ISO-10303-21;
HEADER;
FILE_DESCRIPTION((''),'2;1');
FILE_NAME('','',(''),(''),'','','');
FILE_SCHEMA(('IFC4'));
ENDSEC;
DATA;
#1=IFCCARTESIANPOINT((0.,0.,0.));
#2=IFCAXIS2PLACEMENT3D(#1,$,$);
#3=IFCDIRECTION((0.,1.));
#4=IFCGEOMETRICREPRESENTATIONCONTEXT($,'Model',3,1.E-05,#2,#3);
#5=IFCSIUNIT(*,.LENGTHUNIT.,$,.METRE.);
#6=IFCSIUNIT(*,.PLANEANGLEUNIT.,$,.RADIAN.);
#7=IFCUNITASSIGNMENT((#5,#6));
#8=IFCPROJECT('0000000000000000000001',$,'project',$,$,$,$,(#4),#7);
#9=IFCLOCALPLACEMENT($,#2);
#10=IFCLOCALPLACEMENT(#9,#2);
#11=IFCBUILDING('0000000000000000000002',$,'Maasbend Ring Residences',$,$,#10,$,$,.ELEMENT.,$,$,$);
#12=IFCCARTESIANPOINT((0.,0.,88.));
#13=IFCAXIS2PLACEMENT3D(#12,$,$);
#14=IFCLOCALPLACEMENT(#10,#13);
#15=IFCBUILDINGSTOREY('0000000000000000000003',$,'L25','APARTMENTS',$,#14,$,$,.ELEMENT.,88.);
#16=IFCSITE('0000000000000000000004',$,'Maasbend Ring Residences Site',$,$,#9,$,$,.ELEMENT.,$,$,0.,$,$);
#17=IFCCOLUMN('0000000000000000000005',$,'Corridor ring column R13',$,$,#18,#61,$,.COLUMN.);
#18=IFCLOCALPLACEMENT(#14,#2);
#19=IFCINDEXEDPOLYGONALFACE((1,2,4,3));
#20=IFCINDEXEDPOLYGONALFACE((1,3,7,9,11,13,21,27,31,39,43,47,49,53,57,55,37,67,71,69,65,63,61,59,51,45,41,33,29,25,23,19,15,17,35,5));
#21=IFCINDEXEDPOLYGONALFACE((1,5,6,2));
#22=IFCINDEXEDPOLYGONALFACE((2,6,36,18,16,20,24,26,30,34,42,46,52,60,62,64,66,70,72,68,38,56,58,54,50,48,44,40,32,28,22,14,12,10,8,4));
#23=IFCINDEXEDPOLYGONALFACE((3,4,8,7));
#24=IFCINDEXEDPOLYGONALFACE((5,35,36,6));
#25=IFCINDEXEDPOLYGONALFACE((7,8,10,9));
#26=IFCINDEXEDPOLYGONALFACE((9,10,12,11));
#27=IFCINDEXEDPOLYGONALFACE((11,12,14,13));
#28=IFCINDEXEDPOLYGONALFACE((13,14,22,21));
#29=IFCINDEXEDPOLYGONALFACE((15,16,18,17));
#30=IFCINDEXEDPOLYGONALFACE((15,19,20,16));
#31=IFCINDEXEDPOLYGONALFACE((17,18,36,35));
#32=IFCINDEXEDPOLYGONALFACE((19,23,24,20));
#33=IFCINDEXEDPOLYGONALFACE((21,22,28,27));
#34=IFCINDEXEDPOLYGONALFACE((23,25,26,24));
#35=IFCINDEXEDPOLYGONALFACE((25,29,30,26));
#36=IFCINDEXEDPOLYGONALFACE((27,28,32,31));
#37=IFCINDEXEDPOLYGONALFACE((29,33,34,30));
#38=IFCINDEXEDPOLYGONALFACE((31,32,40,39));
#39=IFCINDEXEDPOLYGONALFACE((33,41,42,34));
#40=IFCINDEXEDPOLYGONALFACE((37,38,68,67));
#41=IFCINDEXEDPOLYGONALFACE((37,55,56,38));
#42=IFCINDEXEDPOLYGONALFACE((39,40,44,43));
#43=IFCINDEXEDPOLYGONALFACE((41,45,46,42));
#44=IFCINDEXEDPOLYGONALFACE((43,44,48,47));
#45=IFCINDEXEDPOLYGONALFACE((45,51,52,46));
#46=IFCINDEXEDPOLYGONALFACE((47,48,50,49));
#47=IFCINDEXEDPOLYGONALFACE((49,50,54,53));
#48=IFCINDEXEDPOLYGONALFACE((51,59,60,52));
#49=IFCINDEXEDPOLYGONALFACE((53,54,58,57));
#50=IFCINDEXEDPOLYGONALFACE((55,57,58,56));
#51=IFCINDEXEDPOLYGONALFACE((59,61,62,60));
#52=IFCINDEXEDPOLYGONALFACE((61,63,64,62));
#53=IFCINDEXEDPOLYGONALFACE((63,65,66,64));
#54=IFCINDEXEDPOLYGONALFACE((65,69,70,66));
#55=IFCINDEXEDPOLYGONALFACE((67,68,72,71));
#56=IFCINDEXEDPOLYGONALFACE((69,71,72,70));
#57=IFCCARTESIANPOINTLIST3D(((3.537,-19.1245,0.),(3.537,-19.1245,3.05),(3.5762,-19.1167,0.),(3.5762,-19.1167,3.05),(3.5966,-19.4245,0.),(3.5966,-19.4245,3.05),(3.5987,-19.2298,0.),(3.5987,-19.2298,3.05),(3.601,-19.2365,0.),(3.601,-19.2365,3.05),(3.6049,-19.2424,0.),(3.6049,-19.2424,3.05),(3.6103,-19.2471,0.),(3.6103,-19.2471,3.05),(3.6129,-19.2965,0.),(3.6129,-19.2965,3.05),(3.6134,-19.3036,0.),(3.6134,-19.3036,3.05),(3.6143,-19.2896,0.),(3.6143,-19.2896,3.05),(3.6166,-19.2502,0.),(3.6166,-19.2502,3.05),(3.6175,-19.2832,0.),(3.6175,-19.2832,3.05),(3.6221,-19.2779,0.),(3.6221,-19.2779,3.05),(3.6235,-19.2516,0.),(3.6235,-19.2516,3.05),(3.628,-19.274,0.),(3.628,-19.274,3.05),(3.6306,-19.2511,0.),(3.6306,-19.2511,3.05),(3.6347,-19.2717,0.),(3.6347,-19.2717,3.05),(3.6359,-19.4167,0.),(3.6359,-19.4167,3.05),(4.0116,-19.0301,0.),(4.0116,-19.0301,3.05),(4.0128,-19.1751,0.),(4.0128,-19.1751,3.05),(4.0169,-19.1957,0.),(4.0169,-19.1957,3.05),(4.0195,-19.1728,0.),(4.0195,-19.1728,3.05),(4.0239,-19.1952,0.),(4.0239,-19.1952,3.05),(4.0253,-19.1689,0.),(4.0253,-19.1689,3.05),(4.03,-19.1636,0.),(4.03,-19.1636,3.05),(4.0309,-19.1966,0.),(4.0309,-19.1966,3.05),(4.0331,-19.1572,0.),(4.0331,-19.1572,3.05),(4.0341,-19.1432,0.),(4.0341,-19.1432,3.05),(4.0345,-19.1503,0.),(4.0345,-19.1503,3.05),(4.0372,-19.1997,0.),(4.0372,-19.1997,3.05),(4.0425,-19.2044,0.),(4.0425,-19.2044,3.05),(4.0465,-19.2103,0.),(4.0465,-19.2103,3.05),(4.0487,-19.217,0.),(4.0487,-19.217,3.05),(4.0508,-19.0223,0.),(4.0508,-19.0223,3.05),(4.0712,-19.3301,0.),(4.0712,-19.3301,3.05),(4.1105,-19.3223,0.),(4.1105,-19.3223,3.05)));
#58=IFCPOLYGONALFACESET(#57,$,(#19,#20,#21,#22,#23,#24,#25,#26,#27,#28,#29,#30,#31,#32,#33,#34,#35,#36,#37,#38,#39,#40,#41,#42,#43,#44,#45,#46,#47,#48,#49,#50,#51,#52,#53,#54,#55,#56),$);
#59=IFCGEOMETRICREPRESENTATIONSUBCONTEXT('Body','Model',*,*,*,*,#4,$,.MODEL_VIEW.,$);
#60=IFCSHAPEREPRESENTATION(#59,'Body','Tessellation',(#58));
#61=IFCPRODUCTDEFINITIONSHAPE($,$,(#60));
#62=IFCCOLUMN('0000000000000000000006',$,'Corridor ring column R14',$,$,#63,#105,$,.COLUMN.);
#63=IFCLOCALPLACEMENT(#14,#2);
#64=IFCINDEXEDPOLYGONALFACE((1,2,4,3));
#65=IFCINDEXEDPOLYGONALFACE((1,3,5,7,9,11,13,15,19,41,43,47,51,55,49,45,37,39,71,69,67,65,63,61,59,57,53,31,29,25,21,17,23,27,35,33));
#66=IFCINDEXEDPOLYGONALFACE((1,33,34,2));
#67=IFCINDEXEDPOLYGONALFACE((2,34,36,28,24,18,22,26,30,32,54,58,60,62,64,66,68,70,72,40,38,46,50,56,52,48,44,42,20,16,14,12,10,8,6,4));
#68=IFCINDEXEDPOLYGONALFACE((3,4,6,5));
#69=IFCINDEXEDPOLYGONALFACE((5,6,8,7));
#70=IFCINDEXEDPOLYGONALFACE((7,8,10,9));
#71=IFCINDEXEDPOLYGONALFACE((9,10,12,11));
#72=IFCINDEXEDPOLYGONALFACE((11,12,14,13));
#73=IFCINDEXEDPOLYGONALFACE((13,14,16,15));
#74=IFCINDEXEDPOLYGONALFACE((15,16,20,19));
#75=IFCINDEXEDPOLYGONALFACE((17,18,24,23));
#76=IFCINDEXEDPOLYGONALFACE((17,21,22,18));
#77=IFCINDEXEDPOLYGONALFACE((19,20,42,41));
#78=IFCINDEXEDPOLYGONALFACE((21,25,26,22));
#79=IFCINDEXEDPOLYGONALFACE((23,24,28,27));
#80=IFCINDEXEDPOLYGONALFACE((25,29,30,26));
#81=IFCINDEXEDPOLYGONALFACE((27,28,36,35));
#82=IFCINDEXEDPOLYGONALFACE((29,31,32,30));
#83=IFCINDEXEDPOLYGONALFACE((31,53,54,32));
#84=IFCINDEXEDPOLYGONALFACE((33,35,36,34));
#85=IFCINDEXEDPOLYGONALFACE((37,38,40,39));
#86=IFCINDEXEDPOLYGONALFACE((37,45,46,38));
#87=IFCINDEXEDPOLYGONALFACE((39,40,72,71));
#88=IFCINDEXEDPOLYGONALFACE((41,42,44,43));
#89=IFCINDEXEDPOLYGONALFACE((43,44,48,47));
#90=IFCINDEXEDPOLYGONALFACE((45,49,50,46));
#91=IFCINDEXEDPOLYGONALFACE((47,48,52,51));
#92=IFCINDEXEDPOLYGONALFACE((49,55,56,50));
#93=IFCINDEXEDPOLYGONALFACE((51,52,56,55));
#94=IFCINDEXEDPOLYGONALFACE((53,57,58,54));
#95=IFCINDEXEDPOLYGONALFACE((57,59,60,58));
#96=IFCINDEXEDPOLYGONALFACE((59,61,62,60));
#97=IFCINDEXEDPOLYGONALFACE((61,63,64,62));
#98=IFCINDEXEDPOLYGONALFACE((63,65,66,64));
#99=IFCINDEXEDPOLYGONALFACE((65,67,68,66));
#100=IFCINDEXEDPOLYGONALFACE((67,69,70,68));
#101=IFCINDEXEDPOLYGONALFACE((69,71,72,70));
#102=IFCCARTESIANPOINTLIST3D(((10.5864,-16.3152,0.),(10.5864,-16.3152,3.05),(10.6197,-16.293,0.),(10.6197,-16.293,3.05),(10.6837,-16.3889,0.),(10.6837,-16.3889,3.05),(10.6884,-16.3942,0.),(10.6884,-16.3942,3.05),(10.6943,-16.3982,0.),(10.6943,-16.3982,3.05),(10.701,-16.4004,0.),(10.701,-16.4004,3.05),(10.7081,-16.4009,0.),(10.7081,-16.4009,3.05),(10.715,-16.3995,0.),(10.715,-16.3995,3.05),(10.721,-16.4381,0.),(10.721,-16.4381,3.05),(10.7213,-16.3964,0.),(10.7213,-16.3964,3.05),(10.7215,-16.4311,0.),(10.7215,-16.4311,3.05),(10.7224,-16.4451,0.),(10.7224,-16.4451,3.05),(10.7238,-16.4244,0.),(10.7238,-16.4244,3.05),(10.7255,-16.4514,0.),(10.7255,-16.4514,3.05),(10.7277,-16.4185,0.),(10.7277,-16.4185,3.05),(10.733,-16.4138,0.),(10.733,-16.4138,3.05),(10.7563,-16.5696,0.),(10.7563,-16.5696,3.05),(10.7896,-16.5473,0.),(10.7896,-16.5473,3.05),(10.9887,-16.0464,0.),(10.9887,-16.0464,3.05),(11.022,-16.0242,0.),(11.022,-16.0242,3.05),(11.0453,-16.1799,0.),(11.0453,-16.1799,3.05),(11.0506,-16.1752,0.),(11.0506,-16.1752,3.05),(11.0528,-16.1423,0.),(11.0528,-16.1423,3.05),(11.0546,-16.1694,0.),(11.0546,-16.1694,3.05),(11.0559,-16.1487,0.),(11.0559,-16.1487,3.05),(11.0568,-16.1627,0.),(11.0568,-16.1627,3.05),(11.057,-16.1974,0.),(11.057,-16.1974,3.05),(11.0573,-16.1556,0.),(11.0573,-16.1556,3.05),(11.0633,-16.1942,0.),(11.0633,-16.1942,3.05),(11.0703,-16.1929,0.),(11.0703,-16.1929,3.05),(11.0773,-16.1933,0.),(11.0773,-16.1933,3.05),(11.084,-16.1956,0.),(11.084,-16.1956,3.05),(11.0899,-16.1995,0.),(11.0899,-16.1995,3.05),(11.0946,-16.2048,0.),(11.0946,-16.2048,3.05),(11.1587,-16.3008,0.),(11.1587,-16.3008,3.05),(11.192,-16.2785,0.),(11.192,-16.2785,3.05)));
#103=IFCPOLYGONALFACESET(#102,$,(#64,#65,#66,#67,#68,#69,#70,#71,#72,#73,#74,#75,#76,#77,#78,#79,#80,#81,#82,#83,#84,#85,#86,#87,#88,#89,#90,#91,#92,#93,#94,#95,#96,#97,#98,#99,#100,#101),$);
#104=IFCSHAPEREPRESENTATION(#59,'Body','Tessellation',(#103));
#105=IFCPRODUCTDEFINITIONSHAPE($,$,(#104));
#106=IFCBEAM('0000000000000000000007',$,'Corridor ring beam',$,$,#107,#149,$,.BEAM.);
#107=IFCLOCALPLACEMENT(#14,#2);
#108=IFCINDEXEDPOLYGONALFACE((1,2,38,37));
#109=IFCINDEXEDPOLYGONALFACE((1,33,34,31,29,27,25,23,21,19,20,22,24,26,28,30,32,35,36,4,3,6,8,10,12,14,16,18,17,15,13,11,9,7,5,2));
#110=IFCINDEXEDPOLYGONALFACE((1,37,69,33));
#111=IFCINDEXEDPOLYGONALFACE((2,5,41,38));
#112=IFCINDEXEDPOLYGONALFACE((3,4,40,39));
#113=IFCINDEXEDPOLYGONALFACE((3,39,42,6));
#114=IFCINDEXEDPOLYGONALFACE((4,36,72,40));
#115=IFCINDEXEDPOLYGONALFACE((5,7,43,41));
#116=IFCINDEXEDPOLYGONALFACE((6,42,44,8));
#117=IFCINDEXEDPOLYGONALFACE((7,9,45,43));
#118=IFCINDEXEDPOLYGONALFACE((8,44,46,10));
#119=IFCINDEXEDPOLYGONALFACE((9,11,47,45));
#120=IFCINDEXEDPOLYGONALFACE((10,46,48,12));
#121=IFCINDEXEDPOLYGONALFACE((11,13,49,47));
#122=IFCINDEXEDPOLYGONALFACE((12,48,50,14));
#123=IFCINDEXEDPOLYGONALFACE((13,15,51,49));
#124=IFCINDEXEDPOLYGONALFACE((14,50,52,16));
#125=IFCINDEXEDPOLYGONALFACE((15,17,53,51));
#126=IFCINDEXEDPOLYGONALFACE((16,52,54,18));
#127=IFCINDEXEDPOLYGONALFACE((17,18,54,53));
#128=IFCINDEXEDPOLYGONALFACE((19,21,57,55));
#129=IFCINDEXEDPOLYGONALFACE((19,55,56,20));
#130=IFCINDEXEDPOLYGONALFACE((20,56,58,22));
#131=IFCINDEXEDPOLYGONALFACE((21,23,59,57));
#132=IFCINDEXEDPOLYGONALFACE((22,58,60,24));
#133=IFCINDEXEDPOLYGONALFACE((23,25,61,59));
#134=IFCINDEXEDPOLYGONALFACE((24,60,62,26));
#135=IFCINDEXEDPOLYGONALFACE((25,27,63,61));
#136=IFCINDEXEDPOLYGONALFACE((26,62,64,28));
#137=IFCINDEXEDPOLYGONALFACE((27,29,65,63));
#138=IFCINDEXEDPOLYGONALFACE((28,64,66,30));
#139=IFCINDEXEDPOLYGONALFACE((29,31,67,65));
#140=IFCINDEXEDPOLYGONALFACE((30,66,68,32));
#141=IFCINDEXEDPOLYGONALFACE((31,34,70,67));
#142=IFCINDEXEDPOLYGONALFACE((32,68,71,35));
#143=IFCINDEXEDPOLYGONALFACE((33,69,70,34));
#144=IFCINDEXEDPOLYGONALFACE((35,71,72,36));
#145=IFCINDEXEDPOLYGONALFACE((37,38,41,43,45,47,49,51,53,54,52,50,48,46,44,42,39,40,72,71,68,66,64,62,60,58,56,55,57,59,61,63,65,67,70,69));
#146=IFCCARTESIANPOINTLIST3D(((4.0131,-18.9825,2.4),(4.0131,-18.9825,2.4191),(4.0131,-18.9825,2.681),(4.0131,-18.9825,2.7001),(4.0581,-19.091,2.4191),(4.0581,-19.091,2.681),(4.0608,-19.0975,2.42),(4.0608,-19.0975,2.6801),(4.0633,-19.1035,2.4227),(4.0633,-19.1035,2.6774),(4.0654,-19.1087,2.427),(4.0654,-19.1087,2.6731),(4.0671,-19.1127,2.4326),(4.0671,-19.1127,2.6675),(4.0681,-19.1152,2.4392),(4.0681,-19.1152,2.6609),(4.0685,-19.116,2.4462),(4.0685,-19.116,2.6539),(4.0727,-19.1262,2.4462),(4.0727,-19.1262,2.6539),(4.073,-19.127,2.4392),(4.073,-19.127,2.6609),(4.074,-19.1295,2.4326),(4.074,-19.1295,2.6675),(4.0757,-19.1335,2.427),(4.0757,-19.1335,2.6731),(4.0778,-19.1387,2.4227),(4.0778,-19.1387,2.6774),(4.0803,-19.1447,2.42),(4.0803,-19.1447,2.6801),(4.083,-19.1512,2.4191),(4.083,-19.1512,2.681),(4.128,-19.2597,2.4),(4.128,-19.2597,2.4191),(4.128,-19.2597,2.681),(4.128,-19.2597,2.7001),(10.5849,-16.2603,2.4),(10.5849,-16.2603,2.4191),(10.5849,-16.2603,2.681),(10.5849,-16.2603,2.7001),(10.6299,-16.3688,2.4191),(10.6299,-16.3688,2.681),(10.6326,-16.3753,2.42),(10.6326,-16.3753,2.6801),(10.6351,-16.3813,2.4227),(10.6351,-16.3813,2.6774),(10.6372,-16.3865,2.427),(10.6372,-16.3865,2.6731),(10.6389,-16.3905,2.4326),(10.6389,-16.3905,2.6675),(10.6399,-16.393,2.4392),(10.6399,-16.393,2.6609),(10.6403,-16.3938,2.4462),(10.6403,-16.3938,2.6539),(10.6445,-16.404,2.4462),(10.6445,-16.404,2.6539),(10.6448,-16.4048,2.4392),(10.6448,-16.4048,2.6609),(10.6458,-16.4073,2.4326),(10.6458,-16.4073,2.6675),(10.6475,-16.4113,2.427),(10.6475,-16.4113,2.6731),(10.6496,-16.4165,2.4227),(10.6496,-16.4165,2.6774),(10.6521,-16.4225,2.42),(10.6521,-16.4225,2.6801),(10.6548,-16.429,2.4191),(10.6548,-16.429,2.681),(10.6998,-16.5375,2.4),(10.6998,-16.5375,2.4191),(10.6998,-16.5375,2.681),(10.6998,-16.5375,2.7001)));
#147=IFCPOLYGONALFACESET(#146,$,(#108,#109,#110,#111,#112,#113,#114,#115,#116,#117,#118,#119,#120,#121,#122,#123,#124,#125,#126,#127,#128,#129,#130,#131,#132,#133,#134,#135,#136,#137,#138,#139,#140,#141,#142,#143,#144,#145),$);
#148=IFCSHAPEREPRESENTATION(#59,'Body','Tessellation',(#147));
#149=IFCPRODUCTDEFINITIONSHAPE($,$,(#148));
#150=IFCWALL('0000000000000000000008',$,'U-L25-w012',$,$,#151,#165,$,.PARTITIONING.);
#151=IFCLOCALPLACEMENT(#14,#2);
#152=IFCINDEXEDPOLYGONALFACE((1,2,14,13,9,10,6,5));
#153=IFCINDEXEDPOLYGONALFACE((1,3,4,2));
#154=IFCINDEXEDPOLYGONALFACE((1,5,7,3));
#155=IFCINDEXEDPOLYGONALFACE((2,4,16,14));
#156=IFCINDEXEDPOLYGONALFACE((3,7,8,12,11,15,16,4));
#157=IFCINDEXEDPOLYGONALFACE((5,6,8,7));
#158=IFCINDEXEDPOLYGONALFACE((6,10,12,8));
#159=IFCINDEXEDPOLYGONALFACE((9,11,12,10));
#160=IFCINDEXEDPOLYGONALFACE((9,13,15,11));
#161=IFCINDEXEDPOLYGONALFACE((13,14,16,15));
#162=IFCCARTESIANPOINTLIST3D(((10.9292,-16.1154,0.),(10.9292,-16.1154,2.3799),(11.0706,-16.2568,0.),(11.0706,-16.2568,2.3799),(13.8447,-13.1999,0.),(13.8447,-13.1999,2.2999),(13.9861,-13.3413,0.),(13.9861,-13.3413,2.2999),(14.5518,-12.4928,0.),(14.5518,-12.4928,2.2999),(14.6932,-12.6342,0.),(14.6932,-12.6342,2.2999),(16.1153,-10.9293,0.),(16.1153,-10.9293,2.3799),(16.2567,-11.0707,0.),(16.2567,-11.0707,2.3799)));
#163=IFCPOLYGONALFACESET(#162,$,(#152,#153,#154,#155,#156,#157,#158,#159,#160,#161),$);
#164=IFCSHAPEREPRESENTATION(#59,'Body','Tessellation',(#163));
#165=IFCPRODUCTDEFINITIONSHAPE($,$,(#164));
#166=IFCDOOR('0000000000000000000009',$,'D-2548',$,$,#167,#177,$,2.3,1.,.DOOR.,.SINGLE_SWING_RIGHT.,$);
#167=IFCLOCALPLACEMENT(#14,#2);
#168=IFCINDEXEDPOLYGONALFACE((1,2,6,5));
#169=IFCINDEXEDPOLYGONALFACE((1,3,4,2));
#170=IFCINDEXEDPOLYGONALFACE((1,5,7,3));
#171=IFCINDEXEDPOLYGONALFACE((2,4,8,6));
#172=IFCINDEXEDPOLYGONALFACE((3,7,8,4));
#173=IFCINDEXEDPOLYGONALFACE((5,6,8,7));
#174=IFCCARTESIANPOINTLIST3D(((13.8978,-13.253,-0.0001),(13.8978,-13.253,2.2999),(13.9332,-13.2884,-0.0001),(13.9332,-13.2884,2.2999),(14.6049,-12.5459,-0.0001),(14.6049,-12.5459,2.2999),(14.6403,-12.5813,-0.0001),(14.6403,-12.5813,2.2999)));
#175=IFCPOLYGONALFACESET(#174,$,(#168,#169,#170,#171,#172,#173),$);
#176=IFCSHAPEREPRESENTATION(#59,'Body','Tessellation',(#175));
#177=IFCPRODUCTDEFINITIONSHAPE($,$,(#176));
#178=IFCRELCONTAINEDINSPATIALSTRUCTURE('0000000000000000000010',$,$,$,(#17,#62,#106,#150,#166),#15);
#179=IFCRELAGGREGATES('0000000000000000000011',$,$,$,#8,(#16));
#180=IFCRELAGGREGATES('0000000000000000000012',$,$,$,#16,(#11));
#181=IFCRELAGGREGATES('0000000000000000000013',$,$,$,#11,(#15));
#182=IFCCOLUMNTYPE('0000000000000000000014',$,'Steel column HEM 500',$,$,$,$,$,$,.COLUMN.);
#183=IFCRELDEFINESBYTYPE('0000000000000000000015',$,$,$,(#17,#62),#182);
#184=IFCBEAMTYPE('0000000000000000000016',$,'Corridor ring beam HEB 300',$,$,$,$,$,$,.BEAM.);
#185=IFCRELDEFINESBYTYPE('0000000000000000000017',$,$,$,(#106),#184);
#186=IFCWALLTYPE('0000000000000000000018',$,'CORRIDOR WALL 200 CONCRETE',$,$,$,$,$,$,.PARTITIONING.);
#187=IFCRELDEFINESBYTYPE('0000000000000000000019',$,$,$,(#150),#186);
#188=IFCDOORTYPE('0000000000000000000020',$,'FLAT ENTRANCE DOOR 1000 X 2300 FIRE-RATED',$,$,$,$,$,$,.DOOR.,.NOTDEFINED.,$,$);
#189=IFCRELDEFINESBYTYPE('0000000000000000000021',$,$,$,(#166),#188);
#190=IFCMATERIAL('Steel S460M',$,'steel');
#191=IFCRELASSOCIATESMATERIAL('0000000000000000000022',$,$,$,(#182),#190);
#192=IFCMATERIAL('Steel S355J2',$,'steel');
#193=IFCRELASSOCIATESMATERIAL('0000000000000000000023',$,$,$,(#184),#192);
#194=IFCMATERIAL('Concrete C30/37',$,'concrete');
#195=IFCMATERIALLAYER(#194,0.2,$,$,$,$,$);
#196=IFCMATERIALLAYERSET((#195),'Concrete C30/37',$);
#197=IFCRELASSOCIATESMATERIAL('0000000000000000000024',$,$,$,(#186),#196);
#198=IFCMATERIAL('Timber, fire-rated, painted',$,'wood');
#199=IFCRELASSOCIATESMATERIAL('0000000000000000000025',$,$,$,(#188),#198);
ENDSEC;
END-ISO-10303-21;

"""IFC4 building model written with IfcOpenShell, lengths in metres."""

from ifc_helpers import new_model, si_unit, direction, frame, frame_2d, origin, origin_2d, place, context, subcontext, project, spatial, rectangle, i_section, extrude, material, layer, layer_set, material_profile, profile_set, type_object, element, fill, save


model = new_model("IFC4")

# Units and contexts
model_context = context("Model", 3, precision=1e-05, world=origin(), true_north=direction((0.0, 1.0)))
body_context = subcontext(model_context, "Body", "Model", "MODEL_VIEW")
ifc_project = project(units=[si_unit("LENGTHUNIT", "METRE"), si_unit("PLANEANGLEUNIT", "RADIAN")], contexts=[model_context])

# Site, building, storey
site_placement = place(None, origin())
site = spatial("IfcSite", under=ifc_project, at=site_placement, Name="Maasbend Ring Residences Site", CompositionType="ELEMENT", RefElevation=0.0)
building_placement = place(site_placement, origin())
building = spatial("IfcBuilding", under=site, at=building_placement, Name="Maasbend Ring Residences", CompositionType="ELEMENT")
storey_placement = place(building_placement, frame((0.0, 0.0, 88.0)))
storey = spatial("IfcBuildingStorey", under=building, at=storey_placement, Name="L25", Description="APARTMENTS", CompositionType="ELEMENT", Elevation=88.0)

# Columns
ifc_material_1 = material(Name="Steel S460M", Category="steel")
ifc_material_profile_1 = material_profile(ifc_material_1, i_section(OverallWidth=0.3059, OverallDepth=0.5239, WebThickness=0.021, FlangeThickness=0.04, FilletRadius=0.0271, at=origin_2d()), Name="HEM 500")
ifc_profile_set_1 = profile_set([ifc_material_profile_1], Name="Steel S460M")
column_type = type_object("IfcColumnType", Name="Steel column HEM 500", PredefinedType="COLUMN", material=ifc_profile_set_1)
for number, where, z_axis, x_axis, name in (
    (1, (3.8237, -19.2234, 0.0), (0.0, 0.0, 1.0), (0.19509, -0.980785, 0.0), "Corridor ring column R13"),
    (2, (10.8892, -16.2969, 0.0), (0.0, 0.0, 1.0), (0.55557, -0.83147, 0.0), "Corridor ring column R14"),
):
    element("IfcColumn", number, at=place(storey_placement, frame(where, z_axis=z_axis, x_axis=x_axis)), inside=storey, type_object=column_type, Name=name, PredefinedType="COLUMN", context=body_context, shape_type="SweptSolid", body=[
        extrude(i_section(OverallWidth=0.3059, OverallDepth=0.5239, WebThickness=0.021, FlangeThickness=0.04, FilletRadius=0.0271, at=origin_2d()), origin(), (0.0, 0.0, 1.0), 3.05),
    ])

# Beam
ifc_material_2 = material(Name="Steel S355J2", Category="steel")
ifc_material_profile_2 = material_profile(ifc_material_2, i_section(OverallWidth=0.3, OverallDepth=0.3, WebThickness=0.011, FlangeThickness=0.019, FilletRadius=0.0271, at=origin_2d()), Name="HEB 300")
ifc_profile_set_2 = profile_set([ifc_material_profile_2], Name="Steel S355J2")
beam_type = type_object("IfcBeamType", Name="Corridor ring beam HEB 300", PredefinedType="BEAM", material=ifc_profile_set_2)
beam_placement = place(storey_placement, frame((4.0706, -19.1211, 2.55), z_axis=(0.923877, 0.382689, 0.0), x_axis=(-0.382689, 0.923877, 0.0)))
element("IfcBeam", 3, at=beam_placement, inside=storey, type_object=beam_type, Name="Corridor ring beam", PredefinedType="BEAM", context=body_context, shape_type="SweptSolid", body=[
    extrude(i_section(OverallWidth=0.3, OverallDepth=0.3, WebThickness=0.011, FlangeThickness=0.019, FilletRadius=0.0271, at=origin_2d()), origin(), (0.0, 0.0, 1.0), 7.1133),
])

# Wall, opening, door
ifc_material_3 = material(Name="Concrete C30/37", Category="concrete")
ifc_layer_1 = layer(ifc_material_3, 0.2)
ifc_layer_set_1 = layer_set([ifc_layer_1], Name="Concrete C30/37")
wall_type_1 = type_object("IfcWallType", Name="CORRIDOR WALL 200 CONCRETE", PredefinedType="PARTITIONING", material=ifc_layer_set_1)
wall_1_placement = place(storey_placement, frame((11.0, -16.186, 0.0), z_axis=(0.0, 0.0, 1.0), x_axis=(0.707107, 0.707107, 0.0)))
wall_1 = element("IfcWall", 4, at=wall_1_placement, inside=storey, type_object=wall_type_1, Name="U-L25-w012", PredefinedType="PARTITIONING", context=body_context, shape_type="SweptSolid", body=[
    extrude(rectangle(XDim=7.3342, YDim=0.2, at=frame_2d((3.667, 0.0))), origin(), (0.0, 0.0, 1.0), 2.3799),
])
opening_1_placement = place(wall_1_placement, frame((4.123, 0.0, 0.0)))
opening_1 = element("IfcOpeningElement", 5, at=opening_1_placement, cuts=wall_1, PredefinedType="OPENING", context=body_context, shape_type="SweptSolid", body=[
    extrude(rectangle(XDim=1.0, YDim=2.3, at=frame_2d((0.5, 1.1499))), frame((0.0, 0.1099, 0.0), z_axis=(0.0, -1.0, 0.0), x_axis=(1.0, 0.0, 0.0)), (0.0, 0.0, 1.0), 0.22),
])
ifc_material_4 = material(Name="Timber, fire-rated, painted", Category="wood")
door_type_1 = type_object("IfcDoorType", Name="FLAT ENTRANCE DOOR 1000 X 2300 FIRE-RATED", OperationType="NOTDEFINED", PredefinedType="DOOR", material=ifc_material_4)
door_1_placement = place(opening_1_placement, origin())
door_1 = element("IfcDoor", 6, at=door_1_placement, inside=storey, type_object=door_type_1, Name="D-2548", OperationType="SINGLE_SWING_RIGHT", OverallHeight=2.3, OverallWidth=1.0, PredefinedType="DOOR", context=body_context, shape_type="SweptSolid", body=[
    extrude(rectangle(XDim=1.0, YDim=2.3, at=frame_2d((0.5, 1.1499))), frame((0.0, 0.0249, 0.0), z_axis=(0.0, -1.0, 0.0), x_axis=(1.0, 0.0, 0.0)), (0.0, 0.0, 1.0), 0.05),
])
fill(opening_1, door_1)

save(model, "model.ifc")
